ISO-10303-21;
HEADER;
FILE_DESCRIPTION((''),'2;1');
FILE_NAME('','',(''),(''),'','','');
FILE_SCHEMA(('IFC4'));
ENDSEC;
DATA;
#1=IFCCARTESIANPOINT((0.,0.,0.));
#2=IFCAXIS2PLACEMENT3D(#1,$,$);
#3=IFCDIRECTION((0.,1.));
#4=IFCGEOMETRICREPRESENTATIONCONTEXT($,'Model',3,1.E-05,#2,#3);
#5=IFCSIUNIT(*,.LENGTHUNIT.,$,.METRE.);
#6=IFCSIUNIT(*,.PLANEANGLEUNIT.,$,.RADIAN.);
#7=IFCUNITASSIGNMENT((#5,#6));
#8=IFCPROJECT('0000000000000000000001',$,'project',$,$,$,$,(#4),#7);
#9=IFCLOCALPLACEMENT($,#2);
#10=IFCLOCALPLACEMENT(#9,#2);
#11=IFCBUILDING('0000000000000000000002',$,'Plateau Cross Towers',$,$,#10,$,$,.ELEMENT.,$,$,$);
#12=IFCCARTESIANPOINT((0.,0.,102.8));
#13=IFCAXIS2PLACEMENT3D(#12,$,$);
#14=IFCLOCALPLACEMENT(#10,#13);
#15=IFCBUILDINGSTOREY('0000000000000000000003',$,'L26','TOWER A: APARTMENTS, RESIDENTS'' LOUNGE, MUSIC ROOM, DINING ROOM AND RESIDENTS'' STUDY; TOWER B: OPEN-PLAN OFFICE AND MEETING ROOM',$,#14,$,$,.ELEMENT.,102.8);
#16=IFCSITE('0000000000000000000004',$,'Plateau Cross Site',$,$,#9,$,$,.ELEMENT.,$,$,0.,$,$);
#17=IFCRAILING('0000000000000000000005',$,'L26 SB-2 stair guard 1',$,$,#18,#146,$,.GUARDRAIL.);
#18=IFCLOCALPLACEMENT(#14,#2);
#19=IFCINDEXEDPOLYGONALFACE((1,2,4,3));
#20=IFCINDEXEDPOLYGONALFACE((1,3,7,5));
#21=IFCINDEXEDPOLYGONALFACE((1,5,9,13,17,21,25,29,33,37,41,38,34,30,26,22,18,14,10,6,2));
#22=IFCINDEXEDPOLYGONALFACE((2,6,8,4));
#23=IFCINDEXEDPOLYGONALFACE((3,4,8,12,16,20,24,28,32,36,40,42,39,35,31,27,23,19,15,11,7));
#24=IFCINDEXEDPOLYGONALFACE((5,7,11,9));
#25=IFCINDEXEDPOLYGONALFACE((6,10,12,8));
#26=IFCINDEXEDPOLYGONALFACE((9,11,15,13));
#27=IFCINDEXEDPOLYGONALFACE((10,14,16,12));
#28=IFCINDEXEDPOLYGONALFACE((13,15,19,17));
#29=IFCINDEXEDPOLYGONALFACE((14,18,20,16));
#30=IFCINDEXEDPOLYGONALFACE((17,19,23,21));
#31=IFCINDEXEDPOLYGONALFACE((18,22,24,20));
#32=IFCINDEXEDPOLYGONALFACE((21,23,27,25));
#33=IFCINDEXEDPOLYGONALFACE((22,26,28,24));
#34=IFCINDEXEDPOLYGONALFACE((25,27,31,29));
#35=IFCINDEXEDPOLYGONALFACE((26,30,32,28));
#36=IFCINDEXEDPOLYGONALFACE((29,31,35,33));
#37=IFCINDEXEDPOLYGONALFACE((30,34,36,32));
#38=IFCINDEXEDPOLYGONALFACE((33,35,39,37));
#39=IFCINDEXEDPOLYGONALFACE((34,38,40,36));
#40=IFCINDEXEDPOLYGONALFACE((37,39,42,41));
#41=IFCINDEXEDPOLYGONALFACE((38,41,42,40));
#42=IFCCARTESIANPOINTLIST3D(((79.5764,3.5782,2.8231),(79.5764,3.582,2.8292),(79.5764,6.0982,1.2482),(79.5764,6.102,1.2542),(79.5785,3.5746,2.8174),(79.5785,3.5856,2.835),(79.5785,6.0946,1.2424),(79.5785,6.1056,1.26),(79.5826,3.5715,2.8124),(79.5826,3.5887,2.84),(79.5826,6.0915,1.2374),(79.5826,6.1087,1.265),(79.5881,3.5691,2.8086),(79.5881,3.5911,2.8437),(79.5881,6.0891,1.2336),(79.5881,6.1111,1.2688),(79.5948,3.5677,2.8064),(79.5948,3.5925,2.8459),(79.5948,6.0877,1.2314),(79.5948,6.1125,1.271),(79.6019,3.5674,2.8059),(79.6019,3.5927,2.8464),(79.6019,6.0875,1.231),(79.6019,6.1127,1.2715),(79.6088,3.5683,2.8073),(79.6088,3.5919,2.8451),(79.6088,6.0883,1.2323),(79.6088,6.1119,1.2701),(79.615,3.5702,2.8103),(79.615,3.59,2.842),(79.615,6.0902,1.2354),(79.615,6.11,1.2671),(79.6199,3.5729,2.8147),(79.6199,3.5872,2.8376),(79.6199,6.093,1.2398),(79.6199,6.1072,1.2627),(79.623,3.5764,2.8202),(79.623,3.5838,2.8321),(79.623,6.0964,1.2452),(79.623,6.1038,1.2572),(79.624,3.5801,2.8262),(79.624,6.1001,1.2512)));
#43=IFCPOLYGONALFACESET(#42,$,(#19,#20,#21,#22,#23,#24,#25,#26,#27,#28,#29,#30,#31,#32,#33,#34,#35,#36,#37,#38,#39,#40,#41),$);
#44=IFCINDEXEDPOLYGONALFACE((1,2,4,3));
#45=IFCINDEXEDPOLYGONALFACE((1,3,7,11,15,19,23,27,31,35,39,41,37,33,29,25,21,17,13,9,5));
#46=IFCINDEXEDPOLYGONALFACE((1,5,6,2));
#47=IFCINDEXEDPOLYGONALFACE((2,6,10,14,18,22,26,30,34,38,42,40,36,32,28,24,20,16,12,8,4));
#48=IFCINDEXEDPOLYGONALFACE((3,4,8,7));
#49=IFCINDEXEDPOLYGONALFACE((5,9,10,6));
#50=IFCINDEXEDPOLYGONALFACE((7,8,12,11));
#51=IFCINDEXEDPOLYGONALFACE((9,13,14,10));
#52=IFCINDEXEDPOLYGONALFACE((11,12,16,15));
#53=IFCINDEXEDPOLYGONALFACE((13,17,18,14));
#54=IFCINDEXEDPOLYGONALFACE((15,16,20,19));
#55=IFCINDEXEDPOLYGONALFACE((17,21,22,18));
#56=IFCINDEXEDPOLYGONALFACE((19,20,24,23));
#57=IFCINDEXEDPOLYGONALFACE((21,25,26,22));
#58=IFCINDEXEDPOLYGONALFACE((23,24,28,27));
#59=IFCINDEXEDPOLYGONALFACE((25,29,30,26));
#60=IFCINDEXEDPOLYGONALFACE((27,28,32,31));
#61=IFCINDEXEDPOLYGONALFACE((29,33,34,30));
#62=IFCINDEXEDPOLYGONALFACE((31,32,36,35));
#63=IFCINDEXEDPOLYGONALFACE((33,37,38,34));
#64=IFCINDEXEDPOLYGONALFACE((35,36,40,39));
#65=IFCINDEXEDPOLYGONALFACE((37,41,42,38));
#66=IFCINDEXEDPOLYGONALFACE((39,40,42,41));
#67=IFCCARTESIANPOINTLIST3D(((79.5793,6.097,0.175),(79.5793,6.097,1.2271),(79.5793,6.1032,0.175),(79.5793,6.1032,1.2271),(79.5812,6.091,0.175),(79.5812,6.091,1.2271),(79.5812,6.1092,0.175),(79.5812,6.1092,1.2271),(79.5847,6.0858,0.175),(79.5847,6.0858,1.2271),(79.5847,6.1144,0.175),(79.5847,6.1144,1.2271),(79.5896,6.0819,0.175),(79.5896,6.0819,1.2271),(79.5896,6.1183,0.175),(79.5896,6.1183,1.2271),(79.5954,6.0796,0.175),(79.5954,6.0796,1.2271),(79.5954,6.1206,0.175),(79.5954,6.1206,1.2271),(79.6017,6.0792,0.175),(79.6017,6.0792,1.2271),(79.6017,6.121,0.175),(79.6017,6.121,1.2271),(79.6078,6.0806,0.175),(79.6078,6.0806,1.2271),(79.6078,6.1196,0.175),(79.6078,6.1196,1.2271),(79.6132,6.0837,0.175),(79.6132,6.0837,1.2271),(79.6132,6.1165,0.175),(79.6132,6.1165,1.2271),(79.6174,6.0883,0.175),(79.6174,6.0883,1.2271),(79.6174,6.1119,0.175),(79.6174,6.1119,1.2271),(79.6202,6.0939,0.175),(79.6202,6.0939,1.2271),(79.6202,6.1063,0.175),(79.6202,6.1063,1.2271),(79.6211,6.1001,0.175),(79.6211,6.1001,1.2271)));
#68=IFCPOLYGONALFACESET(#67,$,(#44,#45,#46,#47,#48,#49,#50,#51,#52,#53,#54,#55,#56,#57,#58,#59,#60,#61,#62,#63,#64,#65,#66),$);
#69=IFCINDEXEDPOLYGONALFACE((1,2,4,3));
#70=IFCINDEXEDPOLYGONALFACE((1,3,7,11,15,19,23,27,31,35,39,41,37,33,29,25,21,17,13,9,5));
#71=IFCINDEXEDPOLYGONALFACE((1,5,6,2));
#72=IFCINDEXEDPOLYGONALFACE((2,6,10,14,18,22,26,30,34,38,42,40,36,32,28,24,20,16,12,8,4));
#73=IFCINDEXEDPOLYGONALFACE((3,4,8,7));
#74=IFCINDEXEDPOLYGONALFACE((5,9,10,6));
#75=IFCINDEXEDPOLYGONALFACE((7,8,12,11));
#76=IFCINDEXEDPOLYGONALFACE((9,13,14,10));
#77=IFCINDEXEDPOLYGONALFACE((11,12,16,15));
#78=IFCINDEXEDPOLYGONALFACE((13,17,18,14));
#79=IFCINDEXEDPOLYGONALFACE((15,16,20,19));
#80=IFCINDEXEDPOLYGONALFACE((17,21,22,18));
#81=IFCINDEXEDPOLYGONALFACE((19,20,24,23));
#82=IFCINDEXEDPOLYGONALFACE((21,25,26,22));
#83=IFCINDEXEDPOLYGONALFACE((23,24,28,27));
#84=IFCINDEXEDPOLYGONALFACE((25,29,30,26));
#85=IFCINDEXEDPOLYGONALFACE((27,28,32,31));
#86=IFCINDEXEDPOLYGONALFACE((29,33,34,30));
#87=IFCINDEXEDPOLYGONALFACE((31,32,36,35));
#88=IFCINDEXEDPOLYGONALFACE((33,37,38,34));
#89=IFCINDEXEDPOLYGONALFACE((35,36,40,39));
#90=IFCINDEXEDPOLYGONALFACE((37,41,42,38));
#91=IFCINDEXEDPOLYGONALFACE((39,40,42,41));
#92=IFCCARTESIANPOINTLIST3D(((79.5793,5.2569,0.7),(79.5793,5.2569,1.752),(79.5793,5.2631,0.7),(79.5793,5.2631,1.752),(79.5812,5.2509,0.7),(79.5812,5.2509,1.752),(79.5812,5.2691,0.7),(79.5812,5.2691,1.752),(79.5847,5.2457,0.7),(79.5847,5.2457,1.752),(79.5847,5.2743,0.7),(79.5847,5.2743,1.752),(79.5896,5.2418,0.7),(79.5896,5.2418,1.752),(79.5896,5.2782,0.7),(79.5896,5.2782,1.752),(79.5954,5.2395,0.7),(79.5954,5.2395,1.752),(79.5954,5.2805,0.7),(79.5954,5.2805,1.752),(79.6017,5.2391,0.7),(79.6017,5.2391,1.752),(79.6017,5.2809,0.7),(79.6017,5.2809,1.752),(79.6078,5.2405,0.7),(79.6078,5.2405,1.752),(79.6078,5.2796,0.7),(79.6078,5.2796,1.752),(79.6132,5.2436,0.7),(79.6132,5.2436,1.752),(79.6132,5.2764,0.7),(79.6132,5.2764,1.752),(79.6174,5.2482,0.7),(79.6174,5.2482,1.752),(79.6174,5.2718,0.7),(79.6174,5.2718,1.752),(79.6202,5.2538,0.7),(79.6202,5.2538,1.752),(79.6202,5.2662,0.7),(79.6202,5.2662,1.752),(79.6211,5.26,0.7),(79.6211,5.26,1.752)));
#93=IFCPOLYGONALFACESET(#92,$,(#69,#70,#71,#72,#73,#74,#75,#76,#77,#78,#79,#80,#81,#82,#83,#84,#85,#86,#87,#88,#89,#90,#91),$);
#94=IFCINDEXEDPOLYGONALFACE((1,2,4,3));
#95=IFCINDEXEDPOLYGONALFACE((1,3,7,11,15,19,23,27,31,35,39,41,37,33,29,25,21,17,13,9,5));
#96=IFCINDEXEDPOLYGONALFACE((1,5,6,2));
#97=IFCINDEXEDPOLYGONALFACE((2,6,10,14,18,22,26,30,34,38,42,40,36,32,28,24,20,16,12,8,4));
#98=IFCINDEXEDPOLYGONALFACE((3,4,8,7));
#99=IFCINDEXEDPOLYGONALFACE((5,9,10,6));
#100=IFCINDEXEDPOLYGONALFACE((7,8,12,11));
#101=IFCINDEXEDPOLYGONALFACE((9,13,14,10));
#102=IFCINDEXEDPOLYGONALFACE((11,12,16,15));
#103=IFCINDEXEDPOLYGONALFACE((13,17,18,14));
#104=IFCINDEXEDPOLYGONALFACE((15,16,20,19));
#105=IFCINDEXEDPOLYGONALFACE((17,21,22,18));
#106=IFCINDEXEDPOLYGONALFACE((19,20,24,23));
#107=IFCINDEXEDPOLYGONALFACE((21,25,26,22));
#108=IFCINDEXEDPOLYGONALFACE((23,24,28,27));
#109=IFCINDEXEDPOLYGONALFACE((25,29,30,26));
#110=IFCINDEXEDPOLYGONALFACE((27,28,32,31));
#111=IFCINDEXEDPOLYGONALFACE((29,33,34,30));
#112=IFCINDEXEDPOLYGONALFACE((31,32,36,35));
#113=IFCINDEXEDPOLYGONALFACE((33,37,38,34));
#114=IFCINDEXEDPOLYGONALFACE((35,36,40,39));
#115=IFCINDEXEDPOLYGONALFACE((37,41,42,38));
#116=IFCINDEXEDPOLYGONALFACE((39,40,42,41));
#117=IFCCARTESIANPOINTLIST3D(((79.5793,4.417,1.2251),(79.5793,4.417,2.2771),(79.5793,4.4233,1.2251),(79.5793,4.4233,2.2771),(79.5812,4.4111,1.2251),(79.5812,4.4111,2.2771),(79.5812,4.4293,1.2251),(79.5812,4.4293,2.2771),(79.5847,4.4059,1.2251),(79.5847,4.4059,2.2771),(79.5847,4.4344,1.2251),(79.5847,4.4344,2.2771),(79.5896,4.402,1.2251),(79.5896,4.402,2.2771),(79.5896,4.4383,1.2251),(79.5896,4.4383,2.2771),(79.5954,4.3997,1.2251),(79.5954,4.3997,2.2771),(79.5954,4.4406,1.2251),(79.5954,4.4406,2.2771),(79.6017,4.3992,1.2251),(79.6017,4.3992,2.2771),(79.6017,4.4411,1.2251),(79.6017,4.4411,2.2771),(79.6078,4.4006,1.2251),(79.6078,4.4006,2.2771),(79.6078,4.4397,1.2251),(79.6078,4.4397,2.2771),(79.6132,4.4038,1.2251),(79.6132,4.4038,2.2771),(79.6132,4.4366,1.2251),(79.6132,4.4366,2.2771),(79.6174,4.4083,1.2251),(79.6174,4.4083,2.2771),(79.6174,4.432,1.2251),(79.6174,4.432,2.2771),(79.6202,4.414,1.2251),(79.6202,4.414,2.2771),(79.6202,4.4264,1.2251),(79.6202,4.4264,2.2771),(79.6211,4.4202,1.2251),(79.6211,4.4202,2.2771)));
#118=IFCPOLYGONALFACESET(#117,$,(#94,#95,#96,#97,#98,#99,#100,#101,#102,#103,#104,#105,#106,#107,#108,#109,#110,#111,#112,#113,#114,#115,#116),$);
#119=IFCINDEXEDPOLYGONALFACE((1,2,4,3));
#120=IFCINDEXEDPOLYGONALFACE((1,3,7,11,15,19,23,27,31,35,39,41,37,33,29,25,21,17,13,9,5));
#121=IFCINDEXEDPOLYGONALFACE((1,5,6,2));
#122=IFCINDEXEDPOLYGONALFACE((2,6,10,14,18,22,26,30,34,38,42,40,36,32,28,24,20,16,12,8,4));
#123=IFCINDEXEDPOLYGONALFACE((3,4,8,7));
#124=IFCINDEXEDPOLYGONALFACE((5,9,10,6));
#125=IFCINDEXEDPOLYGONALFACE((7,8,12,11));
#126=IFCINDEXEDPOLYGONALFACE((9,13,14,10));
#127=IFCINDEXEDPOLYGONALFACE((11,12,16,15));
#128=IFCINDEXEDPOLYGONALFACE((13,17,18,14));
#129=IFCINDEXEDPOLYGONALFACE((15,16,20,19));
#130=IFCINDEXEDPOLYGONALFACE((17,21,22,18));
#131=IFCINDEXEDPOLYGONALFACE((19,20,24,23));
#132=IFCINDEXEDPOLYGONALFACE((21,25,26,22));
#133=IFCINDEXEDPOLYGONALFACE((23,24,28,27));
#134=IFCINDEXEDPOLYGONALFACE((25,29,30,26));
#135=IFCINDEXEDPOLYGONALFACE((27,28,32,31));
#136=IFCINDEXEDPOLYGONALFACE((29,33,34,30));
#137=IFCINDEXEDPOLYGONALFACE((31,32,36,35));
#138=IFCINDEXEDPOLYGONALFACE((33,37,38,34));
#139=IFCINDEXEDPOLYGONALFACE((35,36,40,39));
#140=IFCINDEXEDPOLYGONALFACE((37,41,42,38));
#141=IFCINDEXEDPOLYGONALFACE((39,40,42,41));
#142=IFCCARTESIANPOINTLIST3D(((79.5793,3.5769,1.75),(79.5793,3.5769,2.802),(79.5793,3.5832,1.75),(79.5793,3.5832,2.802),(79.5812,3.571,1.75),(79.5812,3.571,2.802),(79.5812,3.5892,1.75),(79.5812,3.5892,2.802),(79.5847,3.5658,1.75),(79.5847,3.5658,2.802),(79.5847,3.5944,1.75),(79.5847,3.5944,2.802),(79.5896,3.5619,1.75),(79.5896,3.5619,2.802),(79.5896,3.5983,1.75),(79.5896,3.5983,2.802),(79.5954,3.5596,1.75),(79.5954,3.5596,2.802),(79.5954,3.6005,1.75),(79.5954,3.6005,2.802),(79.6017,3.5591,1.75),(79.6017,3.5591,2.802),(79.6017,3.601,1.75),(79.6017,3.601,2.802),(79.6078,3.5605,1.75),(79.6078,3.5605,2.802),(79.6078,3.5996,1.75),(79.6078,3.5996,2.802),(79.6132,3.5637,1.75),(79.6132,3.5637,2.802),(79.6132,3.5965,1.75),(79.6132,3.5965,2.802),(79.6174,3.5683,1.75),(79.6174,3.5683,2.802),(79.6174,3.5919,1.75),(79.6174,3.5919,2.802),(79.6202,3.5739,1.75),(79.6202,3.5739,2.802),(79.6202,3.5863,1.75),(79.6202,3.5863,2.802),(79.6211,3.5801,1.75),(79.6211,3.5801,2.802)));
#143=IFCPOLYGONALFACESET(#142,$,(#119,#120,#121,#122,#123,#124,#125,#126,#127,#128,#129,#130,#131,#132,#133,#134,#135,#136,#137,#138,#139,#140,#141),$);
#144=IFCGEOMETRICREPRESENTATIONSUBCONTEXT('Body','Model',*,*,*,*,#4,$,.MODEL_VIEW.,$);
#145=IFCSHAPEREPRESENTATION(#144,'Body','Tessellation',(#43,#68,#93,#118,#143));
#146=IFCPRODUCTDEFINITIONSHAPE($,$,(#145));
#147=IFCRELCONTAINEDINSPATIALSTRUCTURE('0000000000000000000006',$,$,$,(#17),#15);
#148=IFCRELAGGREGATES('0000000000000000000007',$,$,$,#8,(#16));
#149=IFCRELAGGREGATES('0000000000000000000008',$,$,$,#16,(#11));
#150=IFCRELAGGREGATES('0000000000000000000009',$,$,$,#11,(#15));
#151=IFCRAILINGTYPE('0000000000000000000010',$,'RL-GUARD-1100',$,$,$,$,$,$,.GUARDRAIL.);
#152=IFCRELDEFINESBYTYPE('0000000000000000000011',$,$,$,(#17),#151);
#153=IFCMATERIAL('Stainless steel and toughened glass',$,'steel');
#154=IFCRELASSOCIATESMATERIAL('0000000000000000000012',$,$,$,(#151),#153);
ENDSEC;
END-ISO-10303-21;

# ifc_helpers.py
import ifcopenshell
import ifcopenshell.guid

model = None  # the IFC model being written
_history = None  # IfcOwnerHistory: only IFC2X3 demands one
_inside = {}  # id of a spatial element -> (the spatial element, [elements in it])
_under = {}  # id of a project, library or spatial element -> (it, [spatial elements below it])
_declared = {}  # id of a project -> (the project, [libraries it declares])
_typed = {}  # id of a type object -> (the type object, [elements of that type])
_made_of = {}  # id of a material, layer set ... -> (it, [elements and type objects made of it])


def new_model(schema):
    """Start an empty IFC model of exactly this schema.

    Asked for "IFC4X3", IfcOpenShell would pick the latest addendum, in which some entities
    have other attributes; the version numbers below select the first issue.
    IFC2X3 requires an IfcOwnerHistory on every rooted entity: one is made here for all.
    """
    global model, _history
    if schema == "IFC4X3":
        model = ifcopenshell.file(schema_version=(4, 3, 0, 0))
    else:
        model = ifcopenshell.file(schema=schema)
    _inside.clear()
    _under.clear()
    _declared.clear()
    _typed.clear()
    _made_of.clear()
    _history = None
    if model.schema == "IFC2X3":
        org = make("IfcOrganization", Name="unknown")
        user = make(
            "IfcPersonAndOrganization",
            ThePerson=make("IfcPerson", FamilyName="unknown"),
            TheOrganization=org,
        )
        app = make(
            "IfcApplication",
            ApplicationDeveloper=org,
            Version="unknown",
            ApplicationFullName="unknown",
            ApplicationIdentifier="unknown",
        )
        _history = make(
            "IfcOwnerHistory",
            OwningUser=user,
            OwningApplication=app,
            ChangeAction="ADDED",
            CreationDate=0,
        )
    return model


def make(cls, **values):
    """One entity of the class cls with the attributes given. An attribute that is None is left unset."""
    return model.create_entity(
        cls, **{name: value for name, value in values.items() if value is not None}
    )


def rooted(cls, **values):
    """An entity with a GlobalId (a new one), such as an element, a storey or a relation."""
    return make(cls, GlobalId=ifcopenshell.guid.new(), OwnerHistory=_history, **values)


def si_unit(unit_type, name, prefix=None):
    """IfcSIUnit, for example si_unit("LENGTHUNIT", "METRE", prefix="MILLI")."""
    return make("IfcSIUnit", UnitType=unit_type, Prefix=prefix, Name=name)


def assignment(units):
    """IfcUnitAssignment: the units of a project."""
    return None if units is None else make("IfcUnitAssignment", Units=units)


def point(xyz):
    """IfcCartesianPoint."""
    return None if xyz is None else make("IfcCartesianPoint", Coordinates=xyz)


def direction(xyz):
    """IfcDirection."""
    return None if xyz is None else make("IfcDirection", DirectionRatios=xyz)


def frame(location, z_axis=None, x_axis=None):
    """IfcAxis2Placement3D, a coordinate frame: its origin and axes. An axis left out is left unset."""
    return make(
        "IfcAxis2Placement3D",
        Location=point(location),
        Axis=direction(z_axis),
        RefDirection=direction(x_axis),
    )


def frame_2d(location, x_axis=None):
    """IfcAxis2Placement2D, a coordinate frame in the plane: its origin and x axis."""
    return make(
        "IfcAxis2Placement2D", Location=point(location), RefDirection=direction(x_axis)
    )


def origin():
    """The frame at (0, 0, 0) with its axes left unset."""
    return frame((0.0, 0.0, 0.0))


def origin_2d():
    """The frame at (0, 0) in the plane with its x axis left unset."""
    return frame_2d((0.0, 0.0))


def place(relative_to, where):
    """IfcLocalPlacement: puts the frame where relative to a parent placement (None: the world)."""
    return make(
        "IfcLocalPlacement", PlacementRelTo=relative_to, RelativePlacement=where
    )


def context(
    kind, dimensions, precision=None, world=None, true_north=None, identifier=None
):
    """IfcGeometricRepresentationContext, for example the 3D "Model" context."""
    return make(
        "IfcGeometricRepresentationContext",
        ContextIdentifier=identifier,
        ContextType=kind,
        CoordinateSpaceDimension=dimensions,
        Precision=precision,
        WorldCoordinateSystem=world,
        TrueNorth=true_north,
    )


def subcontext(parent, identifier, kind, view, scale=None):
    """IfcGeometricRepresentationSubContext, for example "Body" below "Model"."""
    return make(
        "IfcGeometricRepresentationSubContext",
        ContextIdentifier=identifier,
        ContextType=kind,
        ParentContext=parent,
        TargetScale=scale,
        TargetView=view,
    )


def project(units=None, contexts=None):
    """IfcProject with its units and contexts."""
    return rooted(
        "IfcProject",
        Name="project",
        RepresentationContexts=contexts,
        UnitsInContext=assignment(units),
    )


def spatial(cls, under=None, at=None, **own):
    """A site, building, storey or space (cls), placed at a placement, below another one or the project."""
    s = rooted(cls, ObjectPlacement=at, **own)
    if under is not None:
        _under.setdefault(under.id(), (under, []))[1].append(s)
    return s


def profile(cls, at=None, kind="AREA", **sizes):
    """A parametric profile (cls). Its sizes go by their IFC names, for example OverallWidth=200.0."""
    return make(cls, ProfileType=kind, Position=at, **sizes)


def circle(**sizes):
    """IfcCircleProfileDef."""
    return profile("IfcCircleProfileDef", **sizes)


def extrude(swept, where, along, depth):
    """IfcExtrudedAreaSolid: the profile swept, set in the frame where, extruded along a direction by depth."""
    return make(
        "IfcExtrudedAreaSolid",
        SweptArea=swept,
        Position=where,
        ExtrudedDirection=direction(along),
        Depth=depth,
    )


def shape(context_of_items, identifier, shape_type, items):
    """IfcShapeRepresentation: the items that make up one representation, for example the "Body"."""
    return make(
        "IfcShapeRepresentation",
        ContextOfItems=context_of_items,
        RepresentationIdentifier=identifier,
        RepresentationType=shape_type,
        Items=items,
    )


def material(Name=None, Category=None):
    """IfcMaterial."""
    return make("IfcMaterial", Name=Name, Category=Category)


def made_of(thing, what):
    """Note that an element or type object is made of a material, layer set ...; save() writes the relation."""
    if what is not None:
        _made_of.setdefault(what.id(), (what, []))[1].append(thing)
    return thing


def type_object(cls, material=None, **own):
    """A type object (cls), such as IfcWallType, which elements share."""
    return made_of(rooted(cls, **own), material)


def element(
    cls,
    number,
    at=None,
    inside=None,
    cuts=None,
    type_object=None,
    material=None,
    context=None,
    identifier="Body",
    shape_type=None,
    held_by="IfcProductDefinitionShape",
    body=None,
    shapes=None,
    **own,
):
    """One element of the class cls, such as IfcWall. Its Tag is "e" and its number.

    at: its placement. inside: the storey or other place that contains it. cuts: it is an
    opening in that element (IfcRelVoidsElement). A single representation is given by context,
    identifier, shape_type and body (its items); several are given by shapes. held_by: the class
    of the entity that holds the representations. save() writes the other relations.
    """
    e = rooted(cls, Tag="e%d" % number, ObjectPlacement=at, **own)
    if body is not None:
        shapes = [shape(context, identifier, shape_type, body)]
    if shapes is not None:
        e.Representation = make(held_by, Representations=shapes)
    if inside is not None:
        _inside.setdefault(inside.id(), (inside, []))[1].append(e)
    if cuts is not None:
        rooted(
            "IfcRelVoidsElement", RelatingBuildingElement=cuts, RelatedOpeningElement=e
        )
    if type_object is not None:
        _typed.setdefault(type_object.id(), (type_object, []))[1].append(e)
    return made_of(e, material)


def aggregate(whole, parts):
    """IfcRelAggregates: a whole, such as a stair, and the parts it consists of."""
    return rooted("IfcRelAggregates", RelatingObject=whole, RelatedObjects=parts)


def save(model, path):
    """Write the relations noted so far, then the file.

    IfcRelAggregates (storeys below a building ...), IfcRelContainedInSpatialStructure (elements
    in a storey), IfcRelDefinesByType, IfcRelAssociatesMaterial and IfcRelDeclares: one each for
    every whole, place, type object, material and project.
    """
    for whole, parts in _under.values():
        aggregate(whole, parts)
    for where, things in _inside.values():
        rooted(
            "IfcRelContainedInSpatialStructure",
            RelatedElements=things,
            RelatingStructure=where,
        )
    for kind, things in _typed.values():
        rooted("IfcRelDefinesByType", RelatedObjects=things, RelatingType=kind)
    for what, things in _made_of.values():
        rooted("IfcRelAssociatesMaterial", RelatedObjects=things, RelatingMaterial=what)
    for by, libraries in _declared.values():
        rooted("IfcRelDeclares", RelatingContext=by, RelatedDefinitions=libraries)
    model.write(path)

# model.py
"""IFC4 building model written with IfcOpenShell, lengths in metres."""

from ifc_helpers import new_model, si_unit, direction, frame, origin, origin_2d, place, context, subcontext, project, spatial, circle, extrude, material, type_object, element, save


model = new_model("IFC4")

# Units and contexts
model_context = context("Model", 3, precision=1e-05, world=origin(), true_north=direction((0.0, 1.0)))
body_context = subcontext(model_context, "Body", "Model", "MODEL_VIEW")
ifc_project = project(units=[si_unit("LENGTHUNIT", "METRE"), si_unit("PLANEANGLEUNIT", "RADIAN")], contexts=[model_context])

# Site, building, storey
site_placement = place(None, origin())
site = spatial("IfcSite", under=ifc_project, at=site_placement, Name="Plateau Cross Site", CompositionType="ELEMENT", RefElevation=0.0)
building_placement = place(site_placement, origin())
building = spatial("IfcBuilding", under=site, at=building_placement, Name="Plateau Cross Towers", CompositionType="ELEMENT")
storey_placement = place(building_placement, frame((0.0, 0.0, 102.8)))
storey = spatial("IfcBuildingStorey", under=building, at=storey_placement, Name="L26", Description="TOWER A: APARTMENTS, RESIDENTS' LOUNGE, MUSIC ROOM, DINING ROOM AND RESIDENTS' STUDY; TOWER B: OPEN-PLAN OFFICE AND MEETING ROOM", CompositionType="ELEMENT", Elevation=102.8)

# Railing
ifc_material_1 = material(Name="Stainless steel and toughened glass", Category="steel")
railing_type = type_object("IfcRailingType", Name="RL-GUARD-1100", PredefinedType="GUARDRAIL", material=ifc_material_1)
railing_1_placement = place(storey_placement, frame((79.6001, 6.1001, 0.175)))
element("IfcRailing", 1, at=railing_1_placement, inside=storey, type_object=railing_type, Name="L26 SB-2 stair guard 1", PredefinedType="GUARDRAIL", context=body_context, shape_type="SweptSolid", body=[
    extrude(circle(Radius=0.0239, at=origin_2d()), frame((0.0, 0.0, 1.0762), z_axis=(0.0, -0.848008, 0.529984), x_axis=(1.0, 0.0, 0.0)), (0.0, 0.0, 1.0), 2.9717),
    extrude(circle(Radius=0.021, at=origin_2d()), origin(), (0.0, 0.0, 1.0), 1.052),
    extrude(circle(Radius=0.021, at=origin_2d()), frame((0.0, -0.8401, 0.5249)), (0.0, 0.0, 1.0), 1.052),
    extrude(circle(Radius=0.021, at=origin_2d()), frame((0.0, -1.6799, 1.05)), (0.0, 0.0, 1.0), 1.052),
    extrude(circle(Radius=0.021, at=origin_2d()), frame((0.0, -2.52, 1.575)), (0.0, 0.0, 1.0), 1.052),
])

save(model, "model.ifc")
